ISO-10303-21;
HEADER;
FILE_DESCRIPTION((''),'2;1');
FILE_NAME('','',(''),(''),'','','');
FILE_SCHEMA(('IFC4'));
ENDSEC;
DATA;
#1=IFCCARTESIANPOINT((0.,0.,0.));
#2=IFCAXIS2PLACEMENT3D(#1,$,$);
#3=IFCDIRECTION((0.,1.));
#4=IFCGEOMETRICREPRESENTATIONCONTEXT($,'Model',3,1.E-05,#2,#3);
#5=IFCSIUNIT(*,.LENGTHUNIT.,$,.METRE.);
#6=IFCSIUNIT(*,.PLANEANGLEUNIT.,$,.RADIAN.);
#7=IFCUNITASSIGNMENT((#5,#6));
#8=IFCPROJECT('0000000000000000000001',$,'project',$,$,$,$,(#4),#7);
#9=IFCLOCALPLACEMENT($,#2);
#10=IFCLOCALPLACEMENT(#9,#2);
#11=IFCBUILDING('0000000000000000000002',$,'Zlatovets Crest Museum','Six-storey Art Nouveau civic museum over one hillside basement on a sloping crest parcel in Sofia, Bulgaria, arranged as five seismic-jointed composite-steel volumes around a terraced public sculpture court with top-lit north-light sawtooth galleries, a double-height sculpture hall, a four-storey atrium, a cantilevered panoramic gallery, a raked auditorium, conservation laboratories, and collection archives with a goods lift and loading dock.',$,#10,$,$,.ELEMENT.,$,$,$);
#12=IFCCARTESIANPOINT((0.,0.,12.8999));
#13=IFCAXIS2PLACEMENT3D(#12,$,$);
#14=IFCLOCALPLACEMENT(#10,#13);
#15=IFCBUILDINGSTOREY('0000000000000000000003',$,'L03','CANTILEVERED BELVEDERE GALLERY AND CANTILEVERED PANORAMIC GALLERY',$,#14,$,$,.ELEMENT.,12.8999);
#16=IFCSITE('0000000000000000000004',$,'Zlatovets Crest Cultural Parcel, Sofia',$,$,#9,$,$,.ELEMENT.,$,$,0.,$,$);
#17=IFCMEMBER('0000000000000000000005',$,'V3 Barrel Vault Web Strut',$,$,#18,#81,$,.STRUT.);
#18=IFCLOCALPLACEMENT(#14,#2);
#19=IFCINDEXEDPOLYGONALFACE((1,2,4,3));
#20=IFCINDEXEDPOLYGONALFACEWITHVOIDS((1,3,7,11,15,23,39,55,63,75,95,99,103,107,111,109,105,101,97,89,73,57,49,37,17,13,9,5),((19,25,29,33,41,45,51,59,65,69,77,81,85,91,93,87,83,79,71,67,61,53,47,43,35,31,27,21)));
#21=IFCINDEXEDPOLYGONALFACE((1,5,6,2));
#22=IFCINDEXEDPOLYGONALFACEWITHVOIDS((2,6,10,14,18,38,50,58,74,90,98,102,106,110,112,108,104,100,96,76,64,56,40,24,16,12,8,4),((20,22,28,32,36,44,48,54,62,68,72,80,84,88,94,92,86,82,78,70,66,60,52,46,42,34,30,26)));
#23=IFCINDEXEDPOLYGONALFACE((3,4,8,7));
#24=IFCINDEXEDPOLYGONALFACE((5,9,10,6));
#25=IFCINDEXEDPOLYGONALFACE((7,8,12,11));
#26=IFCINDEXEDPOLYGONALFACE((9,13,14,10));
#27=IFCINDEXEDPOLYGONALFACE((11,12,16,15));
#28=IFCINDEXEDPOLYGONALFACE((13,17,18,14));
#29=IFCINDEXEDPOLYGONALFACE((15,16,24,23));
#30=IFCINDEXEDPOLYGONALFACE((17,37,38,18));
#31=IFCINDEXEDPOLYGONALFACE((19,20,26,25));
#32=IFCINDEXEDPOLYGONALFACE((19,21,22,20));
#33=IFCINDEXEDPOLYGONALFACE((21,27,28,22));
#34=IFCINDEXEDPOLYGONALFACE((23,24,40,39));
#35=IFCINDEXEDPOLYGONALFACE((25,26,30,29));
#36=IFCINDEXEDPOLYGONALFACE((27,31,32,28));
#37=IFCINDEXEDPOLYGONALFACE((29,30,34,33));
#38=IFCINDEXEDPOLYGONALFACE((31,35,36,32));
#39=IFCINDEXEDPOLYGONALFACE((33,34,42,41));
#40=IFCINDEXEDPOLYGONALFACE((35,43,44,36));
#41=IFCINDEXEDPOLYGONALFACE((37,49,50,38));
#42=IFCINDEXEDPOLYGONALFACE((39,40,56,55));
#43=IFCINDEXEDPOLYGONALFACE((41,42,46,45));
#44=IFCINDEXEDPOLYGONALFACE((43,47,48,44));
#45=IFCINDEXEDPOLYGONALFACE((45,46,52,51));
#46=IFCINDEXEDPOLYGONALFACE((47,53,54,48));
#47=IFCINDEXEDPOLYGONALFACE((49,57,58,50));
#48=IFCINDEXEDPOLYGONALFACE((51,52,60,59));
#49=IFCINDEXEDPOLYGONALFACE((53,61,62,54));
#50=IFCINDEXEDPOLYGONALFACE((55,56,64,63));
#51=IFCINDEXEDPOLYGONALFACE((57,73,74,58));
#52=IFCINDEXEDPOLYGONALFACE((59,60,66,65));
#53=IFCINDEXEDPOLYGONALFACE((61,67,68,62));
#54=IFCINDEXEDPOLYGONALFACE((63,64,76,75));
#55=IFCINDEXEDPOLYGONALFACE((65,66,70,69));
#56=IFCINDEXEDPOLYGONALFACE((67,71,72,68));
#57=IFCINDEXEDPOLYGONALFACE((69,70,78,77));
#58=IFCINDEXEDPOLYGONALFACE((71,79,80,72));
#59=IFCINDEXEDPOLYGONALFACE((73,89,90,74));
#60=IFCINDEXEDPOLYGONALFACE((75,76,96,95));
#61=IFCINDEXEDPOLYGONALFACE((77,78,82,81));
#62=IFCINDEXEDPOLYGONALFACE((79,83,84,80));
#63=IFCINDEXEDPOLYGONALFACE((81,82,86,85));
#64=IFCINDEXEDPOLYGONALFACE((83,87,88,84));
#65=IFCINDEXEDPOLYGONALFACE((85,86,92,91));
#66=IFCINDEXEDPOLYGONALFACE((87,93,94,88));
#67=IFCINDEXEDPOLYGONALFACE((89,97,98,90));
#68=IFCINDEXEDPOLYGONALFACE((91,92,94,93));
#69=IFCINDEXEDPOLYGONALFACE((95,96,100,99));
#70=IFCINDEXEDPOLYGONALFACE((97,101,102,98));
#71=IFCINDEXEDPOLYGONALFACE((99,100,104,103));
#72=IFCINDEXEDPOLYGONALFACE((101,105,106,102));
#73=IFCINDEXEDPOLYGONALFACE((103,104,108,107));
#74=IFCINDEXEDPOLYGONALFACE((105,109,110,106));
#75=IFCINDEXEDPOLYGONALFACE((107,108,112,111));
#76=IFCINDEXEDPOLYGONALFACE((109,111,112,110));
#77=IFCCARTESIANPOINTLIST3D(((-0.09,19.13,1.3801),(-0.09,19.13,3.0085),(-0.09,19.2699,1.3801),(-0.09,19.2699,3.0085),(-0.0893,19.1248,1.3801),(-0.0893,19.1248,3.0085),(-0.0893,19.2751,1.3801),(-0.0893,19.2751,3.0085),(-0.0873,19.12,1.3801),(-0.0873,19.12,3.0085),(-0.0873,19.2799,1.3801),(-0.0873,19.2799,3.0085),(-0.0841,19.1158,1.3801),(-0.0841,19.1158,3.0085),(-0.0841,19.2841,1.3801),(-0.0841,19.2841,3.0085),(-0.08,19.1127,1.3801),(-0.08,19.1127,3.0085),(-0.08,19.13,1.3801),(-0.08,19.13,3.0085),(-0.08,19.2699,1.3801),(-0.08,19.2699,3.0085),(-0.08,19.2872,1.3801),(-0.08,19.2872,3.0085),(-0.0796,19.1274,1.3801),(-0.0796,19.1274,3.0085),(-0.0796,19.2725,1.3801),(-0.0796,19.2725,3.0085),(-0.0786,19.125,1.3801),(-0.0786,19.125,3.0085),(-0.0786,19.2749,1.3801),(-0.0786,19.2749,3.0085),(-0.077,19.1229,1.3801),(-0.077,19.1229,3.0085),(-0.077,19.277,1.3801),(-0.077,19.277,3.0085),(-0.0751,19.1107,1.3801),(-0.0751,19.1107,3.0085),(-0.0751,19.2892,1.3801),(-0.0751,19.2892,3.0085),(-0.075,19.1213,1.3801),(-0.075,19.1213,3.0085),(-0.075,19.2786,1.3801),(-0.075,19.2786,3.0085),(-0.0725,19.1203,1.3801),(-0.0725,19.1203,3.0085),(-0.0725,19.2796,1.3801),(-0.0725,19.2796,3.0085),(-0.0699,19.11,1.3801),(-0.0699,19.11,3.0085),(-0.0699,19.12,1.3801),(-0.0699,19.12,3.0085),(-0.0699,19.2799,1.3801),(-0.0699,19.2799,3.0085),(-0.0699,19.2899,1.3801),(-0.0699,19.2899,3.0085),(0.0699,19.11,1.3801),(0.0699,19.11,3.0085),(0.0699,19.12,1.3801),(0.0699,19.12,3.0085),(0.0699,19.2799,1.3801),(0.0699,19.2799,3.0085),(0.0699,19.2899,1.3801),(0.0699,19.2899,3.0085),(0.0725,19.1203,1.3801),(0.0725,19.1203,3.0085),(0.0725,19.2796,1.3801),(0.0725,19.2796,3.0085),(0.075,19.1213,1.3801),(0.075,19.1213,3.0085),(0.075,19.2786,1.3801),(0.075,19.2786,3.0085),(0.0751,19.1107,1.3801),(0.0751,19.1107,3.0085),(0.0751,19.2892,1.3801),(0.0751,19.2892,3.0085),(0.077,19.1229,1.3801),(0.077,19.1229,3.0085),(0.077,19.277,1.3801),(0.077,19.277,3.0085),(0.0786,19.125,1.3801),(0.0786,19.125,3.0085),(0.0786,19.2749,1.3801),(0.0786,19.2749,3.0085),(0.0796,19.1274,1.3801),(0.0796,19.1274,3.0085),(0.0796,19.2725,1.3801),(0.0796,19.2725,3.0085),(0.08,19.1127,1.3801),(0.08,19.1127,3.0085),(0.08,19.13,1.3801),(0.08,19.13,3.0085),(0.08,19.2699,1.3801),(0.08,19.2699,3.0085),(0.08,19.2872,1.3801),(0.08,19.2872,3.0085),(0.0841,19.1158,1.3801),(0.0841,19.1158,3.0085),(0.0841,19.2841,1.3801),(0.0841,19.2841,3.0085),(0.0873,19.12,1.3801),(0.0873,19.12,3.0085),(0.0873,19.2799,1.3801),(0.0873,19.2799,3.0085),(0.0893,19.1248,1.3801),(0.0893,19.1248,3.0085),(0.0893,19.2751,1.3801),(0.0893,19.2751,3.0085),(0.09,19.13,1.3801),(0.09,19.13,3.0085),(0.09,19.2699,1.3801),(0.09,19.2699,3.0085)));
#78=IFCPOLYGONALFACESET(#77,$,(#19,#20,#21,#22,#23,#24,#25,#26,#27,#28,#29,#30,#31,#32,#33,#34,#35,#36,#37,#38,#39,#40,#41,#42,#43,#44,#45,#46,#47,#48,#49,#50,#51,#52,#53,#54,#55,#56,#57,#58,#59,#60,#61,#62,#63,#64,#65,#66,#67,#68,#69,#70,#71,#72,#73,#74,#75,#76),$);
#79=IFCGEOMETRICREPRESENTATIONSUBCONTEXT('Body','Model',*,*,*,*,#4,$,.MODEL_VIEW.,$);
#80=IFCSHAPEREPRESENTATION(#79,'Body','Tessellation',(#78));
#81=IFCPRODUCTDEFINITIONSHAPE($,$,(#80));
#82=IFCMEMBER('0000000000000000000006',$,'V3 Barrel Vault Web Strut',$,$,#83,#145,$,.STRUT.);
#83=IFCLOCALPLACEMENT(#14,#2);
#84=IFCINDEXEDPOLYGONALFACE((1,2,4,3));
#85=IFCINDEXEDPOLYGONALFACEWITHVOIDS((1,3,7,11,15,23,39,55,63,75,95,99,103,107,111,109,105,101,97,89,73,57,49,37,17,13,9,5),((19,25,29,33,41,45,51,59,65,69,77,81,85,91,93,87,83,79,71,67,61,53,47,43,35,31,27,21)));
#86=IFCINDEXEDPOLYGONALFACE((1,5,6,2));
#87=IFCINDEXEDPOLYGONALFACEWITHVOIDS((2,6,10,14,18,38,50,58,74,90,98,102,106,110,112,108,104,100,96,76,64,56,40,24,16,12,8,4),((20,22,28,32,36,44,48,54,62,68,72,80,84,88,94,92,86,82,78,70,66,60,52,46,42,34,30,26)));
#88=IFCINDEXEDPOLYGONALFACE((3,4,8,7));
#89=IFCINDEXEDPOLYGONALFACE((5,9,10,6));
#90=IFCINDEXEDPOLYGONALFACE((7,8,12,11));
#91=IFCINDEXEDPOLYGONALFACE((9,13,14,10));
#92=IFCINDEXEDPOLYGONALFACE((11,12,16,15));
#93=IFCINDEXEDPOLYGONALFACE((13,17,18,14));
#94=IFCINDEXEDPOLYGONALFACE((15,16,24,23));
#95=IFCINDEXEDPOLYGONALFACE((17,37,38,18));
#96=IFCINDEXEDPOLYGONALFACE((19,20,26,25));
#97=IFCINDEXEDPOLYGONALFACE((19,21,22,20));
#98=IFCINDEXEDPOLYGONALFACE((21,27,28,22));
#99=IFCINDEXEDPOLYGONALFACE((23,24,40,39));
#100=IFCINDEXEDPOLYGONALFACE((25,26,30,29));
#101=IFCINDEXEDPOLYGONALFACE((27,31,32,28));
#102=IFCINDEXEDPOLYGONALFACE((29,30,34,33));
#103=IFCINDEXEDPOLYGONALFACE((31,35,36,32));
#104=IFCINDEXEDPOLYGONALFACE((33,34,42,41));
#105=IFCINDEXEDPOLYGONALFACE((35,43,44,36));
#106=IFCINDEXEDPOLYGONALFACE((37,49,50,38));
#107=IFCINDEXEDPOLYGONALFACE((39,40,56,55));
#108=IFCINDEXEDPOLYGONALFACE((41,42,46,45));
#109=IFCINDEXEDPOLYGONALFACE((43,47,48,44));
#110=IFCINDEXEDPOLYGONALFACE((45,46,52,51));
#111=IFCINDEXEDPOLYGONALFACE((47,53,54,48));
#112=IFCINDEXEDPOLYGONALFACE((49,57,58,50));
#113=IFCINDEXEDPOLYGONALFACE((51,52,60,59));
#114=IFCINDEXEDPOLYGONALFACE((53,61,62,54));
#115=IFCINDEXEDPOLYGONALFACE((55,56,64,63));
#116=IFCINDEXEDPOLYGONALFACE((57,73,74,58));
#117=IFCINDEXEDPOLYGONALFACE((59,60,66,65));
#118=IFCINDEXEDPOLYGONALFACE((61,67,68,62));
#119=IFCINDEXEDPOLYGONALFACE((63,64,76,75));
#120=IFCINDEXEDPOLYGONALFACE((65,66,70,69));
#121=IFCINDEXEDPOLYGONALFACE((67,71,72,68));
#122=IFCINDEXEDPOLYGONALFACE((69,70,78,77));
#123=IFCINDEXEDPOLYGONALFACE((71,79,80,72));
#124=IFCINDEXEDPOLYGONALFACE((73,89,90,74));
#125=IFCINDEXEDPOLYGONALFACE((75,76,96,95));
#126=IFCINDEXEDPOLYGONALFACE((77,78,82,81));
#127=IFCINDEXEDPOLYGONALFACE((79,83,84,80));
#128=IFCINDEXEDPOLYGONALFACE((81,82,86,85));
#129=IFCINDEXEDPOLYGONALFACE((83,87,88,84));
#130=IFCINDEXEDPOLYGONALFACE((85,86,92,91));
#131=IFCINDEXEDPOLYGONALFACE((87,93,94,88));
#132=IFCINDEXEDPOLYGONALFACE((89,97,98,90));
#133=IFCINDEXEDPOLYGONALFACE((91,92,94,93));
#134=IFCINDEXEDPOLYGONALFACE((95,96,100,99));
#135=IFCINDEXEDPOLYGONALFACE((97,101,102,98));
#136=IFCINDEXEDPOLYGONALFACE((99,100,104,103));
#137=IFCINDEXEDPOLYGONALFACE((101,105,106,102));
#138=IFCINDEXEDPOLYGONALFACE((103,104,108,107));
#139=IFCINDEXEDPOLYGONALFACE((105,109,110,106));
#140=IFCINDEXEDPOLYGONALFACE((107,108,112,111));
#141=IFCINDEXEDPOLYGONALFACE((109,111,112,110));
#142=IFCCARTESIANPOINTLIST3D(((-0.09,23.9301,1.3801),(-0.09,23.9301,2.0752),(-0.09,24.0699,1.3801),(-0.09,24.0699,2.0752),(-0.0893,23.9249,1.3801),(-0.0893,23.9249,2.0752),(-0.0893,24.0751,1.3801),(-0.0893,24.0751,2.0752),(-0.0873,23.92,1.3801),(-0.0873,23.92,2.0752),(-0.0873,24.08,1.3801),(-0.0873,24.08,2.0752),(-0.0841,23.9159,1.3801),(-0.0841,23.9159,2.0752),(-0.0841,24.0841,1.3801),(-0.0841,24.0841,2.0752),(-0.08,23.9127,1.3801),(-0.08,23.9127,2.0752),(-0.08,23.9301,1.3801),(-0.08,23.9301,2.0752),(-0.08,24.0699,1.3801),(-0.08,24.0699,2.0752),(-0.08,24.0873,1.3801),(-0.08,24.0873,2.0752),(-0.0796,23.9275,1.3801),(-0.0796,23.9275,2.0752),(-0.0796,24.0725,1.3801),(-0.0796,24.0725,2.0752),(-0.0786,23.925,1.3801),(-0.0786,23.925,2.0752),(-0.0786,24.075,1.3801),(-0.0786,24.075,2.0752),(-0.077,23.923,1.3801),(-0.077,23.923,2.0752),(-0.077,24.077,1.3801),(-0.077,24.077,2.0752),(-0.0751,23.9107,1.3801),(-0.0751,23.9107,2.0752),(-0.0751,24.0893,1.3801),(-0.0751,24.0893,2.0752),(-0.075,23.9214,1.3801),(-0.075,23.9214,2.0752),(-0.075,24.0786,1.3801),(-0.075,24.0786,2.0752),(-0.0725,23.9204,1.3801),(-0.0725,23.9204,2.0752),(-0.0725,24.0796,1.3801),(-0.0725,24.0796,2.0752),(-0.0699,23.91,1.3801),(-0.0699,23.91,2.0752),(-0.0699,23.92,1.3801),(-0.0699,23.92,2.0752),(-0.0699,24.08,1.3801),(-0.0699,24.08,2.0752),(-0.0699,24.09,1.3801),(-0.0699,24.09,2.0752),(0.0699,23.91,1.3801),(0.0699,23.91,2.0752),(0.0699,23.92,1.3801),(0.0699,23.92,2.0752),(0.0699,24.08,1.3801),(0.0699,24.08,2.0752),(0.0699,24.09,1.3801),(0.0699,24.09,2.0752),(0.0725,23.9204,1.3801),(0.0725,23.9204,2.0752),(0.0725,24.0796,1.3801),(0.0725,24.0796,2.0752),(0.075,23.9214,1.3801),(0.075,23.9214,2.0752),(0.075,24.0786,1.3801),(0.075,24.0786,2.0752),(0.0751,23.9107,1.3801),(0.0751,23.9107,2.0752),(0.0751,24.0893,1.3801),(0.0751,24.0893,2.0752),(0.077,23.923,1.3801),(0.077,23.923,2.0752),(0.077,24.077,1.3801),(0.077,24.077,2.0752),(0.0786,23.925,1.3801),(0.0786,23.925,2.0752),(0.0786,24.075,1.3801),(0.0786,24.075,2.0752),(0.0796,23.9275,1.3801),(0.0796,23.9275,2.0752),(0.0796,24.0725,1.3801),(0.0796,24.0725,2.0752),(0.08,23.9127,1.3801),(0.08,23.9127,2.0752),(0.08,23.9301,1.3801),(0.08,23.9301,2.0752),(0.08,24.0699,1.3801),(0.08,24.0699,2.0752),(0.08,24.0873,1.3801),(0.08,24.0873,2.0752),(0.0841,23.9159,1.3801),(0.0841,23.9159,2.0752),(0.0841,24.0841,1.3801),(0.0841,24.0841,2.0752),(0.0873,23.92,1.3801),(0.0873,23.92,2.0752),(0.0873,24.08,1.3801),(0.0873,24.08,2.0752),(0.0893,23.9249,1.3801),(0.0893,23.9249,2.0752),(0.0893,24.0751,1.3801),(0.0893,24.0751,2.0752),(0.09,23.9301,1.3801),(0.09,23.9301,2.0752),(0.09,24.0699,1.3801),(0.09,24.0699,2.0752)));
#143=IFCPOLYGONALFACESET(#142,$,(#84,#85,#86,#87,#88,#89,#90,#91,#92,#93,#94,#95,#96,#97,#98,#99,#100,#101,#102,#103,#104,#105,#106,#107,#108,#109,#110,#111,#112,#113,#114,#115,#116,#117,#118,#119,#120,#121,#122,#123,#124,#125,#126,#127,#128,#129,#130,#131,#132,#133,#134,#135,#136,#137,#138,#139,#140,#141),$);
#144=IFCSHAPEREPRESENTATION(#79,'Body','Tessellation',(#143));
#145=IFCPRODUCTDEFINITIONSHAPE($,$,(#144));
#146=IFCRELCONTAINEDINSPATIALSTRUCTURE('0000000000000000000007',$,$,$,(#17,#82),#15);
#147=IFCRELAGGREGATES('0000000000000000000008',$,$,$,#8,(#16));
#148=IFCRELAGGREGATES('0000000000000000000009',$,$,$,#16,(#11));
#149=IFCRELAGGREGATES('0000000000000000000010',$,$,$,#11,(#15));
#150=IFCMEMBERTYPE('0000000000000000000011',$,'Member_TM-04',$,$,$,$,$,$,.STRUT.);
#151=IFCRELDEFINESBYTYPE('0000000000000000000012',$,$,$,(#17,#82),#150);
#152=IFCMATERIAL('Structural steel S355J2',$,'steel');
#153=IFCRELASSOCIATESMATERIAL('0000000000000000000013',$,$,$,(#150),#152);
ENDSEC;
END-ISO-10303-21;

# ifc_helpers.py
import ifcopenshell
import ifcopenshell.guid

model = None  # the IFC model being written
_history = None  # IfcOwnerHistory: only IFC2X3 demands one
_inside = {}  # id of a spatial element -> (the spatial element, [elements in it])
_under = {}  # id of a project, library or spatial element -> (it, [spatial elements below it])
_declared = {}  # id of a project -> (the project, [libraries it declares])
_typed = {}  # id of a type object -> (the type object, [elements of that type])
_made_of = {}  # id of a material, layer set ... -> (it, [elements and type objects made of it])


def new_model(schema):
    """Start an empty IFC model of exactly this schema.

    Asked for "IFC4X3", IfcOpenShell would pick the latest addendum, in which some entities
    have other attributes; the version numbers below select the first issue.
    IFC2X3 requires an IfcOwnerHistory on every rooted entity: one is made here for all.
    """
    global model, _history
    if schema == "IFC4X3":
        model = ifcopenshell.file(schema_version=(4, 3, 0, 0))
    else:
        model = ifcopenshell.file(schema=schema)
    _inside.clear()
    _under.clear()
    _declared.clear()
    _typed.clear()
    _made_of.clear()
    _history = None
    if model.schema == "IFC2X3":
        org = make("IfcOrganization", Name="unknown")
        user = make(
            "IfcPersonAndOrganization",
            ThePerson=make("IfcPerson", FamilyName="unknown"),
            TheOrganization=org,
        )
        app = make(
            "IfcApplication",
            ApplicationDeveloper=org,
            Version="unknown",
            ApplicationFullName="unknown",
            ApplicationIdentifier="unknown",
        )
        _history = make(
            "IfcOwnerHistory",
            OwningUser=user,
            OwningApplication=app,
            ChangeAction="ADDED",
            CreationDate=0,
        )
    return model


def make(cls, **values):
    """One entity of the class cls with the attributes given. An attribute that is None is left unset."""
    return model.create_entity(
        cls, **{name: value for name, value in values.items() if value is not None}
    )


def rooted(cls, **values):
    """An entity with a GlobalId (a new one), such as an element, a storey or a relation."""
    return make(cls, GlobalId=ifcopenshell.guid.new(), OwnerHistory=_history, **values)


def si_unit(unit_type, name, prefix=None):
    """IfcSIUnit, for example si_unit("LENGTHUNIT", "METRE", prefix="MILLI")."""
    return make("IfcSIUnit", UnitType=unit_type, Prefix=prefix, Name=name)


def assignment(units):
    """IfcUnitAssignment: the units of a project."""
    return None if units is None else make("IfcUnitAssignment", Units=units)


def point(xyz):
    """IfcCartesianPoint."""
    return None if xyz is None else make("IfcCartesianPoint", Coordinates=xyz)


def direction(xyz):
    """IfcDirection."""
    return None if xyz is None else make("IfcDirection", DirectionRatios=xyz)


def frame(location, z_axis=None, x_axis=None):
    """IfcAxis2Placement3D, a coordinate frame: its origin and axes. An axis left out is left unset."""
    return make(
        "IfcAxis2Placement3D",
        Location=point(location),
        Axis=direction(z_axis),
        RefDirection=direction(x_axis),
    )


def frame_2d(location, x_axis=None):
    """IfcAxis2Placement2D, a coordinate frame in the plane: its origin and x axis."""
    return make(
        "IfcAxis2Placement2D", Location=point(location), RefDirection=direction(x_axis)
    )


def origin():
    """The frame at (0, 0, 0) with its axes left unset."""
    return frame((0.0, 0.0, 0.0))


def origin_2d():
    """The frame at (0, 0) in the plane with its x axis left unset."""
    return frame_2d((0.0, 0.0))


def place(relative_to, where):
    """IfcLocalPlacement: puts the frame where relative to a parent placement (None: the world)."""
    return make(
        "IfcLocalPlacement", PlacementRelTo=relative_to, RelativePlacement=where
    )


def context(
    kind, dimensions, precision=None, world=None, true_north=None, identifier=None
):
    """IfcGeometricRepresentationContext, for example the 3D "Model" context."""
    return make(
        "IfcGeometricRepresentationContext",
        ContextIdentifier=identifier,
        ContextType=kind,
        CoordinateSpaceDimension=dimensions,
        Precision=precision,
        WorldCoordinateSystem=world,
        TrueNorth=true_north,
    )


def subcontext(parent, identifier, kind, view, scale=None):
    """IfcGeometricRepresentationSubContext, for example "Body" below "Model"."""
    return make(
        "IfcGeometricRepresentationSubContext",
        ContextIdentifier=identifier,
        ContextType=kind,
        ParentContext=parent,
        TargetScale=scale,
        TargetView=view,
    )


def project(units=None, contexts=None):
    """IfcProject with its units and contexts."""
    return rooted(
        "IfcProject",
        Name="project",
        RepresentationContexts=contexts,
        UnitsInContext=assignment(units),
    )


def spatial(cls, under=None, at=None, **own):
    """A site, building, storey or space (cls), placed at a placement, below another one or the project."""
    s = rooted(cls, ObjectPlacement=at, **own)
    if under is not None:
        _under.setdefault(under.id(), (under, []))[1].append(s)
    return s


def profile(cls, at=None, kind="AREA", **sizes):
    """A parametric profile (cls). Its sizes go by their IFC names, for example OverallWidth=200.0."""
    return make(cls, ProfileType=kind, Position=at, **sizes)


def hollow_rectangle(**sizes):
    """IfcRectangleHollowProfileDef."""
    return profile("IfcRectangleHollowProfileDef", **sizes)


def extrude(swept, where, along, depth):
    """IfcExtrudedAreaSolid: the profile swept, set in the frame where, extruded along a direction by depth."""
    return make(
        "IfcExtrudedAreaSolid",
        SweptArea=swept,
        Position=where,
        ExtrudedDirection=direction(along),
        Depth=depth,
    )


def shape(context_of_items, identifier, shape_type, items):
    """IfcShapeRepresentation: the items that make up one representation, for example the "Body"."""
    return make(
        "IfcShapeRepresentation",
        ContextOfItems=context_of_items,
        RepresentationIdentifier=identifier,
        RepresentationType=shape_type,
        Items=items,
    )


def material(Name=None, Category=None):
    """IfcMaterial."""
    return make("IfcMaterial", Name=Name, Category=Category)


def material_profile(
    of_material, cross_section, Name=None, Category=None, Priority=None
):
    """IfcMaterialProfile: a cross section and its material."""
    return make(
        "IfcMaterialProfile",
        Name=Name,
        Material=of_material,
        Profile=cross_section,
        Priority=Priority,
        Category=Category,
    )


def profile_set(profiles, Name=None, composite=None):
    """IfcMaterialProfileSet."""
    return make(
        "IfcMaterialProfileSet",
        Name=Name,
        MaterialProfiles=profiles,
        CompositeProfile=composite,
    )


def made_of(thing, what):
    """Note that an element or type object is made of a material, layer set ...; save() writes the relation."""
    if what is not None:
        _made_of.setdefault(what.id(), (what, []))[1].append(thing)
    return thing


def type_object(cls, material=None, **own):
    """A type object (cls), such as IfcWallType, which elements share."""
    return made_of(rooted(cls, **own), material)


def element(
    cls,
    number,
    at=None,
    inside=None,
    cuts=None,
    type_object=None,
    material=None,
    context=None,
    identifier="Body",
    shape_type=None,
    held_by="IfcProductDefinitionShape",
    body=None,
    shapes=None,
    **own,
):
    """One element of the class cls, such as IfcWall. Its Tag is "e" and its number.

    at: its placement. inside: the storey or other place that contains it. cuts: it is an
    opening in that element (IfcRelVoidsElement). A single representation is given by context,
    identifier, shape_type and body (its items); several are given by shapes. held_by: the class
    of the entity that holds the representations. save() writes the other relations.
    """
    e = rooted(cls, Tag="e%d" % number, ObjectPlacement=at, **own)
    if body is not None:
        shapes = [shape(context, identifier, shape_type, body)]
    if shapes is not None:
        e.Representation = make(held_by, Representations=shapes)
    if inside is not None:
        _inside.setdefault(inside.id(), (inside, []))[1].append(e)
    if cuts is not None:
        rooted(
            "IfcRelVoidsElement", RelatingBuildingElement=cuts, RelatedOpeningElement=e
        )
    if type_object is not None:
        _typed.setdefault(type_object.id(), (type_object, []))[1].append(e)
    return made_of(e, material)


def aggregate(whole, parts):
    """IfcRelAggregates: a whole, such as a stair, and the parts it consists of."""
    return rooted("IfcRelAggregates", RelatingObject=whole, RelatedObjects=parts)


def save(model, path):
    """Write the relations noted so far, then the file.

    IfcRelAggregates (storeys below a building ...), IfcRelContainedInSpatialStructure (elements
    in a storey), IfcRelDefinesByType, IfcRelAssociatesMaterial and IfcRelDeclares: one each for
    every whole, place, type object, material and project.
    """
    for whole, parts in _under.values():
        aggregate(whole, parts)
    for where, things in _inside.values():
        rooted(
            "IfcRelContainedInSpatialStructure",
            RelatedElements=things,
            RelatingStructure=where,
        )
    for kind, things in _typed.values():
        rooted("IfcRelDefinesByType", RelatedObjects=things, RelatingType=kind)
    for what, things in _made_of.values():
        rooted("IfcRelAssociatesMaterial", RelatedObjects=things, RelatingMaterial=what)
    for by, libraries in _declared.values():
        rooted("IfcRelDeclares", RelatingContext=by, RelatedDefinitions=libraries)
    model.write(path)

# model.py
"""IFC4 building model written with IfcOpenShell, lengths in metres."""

from ifc_helpers import new_model, si_unit, direction, frame, origin, origin_2d, place, context, subcontext, project, spatial, hollow_rectangle, extrude, material, material_profile, profile_set, type_object, element, save


model = new_model("IFC4")

# Units and contexts
model_context = context("Model", 3, precision=1e-05, world=origin(), true_north=direction((0.0, 1.0)))
body_context = subcontext(model_context, "Body", "Model", "MODEL_VIEW")
ifc_project = project(units=[si_unit("LENGTHUNIT", "METRE"), si_unit("PLANEANGLEUNIT", "RADIAN")], contexts=[model_context])

# Site, building, storey
site_placement = place(None, origin())
site = spatial("IfcSite", under=ifc_project, at=site_placement, Name="Zlatovets Crest Cultural Parcel, Sofia", CompositionType="ELEMENT", RefElevation=0.0)
building_placement = place(site_placement, origin())
building = spatial("IfcBuilding", under=site, at=building_placement, Name="Zlatovets Crest Museum", Description="Six-storey Art Nouveau civic museum over one hillside basement on a sloping crest parcel in Sofia, Bulgaria, arranged as five seismic-jointed composite-steel volumes around a terraced public sculpture court with top-lit north-light sawtooth galleries, a double-height sculpture hall, a four-storey atrium, a cantilevered panoramic gallery, a raked auditorium, conservation laboratories, and collection archives with a goods lift and loading dock.", CompositionType="ELEMENT")
storey_placement = place(building_placement, frame((0.0, 0.0, 12.8999)))
storey = spatial("IfcBuildingStorey", under=building, at=storey_placement, Name="L03", Description="CANTILEVERED BELVEDERE GALLERY AND CANTILEVERED PANORAMIC GALLERY", CompositionType="ELEMENT", Elevation=12.8999)

# Shared definitions
ifc_material_1 = material(Name="Structural steel S355J2", Category="steel")

# Members
ifc_material_profile_1 = material_profile(ifc_material_1, hollow_rectangle(XDim=0.1799, YDim=0.1799, WallThickness=0.01, InnerFilletRadius=0.01, OuterFilletRadius=0.02, at=origin_2d()), Name="SHS 180x180x10.0")
ifc_profile_set_1 = profile_set([ifc_material_profile_1], Name="Structural steel S355J2")
member_type_1 = type_object("IfcMemberType", Name="Member_TM-04", PredefinedType="STRUT", material=ifc_profile_set_1)
member_1_placement = place(storey_placement, frame((0.0, 19.2, 1.3801), z_axis=(0.0, 0.0, 1.0), x_axis=(1.0, 0.0, 0.0)))
element("IfcMember", 1, at=member_1_placement, inside=storey, type_object=member_type_1, Name="V3 Barrel Vault Web Strut", PredefinedType="STRUT", context=body_context, shape_type="SweptSolid", body=[
    extrude(hollow_rectangle(XDim=0.1799, YDim=0.1799, WallThickness=0.01, InnerFilletRadius=0.01, OuterFilletRadius=0.02, at=origin_2d()), origin(), (0.0, 0.0, 1.0), 1.6284),
])
member_2_placement = place(storey_placement, frame((0.0, 24.0, 1.3801), z_axis=(0.0, 0.0, 1.0), x_axis=(1.0, 0.0, 0.0)))
element("IfcMember", 2, at=member_2_placement, inside=storey, type_object=member_type_1, Name="V3 Barrel Vault Web Strut", PredefinedType="STRUT", context=body_context, shape_type="SweptSolid", body=[
    extrude(hollow_rectangle(XDim=0.1799, YDim=0.1799, WallThickness=0.01, InnerFilletRadius=0.01, OuterFilletRadius=0.02, at=origin_2d()), origin(), (0.0, 0.0, 1.0), 0.6951),
])

save(model, "model.ifc")
